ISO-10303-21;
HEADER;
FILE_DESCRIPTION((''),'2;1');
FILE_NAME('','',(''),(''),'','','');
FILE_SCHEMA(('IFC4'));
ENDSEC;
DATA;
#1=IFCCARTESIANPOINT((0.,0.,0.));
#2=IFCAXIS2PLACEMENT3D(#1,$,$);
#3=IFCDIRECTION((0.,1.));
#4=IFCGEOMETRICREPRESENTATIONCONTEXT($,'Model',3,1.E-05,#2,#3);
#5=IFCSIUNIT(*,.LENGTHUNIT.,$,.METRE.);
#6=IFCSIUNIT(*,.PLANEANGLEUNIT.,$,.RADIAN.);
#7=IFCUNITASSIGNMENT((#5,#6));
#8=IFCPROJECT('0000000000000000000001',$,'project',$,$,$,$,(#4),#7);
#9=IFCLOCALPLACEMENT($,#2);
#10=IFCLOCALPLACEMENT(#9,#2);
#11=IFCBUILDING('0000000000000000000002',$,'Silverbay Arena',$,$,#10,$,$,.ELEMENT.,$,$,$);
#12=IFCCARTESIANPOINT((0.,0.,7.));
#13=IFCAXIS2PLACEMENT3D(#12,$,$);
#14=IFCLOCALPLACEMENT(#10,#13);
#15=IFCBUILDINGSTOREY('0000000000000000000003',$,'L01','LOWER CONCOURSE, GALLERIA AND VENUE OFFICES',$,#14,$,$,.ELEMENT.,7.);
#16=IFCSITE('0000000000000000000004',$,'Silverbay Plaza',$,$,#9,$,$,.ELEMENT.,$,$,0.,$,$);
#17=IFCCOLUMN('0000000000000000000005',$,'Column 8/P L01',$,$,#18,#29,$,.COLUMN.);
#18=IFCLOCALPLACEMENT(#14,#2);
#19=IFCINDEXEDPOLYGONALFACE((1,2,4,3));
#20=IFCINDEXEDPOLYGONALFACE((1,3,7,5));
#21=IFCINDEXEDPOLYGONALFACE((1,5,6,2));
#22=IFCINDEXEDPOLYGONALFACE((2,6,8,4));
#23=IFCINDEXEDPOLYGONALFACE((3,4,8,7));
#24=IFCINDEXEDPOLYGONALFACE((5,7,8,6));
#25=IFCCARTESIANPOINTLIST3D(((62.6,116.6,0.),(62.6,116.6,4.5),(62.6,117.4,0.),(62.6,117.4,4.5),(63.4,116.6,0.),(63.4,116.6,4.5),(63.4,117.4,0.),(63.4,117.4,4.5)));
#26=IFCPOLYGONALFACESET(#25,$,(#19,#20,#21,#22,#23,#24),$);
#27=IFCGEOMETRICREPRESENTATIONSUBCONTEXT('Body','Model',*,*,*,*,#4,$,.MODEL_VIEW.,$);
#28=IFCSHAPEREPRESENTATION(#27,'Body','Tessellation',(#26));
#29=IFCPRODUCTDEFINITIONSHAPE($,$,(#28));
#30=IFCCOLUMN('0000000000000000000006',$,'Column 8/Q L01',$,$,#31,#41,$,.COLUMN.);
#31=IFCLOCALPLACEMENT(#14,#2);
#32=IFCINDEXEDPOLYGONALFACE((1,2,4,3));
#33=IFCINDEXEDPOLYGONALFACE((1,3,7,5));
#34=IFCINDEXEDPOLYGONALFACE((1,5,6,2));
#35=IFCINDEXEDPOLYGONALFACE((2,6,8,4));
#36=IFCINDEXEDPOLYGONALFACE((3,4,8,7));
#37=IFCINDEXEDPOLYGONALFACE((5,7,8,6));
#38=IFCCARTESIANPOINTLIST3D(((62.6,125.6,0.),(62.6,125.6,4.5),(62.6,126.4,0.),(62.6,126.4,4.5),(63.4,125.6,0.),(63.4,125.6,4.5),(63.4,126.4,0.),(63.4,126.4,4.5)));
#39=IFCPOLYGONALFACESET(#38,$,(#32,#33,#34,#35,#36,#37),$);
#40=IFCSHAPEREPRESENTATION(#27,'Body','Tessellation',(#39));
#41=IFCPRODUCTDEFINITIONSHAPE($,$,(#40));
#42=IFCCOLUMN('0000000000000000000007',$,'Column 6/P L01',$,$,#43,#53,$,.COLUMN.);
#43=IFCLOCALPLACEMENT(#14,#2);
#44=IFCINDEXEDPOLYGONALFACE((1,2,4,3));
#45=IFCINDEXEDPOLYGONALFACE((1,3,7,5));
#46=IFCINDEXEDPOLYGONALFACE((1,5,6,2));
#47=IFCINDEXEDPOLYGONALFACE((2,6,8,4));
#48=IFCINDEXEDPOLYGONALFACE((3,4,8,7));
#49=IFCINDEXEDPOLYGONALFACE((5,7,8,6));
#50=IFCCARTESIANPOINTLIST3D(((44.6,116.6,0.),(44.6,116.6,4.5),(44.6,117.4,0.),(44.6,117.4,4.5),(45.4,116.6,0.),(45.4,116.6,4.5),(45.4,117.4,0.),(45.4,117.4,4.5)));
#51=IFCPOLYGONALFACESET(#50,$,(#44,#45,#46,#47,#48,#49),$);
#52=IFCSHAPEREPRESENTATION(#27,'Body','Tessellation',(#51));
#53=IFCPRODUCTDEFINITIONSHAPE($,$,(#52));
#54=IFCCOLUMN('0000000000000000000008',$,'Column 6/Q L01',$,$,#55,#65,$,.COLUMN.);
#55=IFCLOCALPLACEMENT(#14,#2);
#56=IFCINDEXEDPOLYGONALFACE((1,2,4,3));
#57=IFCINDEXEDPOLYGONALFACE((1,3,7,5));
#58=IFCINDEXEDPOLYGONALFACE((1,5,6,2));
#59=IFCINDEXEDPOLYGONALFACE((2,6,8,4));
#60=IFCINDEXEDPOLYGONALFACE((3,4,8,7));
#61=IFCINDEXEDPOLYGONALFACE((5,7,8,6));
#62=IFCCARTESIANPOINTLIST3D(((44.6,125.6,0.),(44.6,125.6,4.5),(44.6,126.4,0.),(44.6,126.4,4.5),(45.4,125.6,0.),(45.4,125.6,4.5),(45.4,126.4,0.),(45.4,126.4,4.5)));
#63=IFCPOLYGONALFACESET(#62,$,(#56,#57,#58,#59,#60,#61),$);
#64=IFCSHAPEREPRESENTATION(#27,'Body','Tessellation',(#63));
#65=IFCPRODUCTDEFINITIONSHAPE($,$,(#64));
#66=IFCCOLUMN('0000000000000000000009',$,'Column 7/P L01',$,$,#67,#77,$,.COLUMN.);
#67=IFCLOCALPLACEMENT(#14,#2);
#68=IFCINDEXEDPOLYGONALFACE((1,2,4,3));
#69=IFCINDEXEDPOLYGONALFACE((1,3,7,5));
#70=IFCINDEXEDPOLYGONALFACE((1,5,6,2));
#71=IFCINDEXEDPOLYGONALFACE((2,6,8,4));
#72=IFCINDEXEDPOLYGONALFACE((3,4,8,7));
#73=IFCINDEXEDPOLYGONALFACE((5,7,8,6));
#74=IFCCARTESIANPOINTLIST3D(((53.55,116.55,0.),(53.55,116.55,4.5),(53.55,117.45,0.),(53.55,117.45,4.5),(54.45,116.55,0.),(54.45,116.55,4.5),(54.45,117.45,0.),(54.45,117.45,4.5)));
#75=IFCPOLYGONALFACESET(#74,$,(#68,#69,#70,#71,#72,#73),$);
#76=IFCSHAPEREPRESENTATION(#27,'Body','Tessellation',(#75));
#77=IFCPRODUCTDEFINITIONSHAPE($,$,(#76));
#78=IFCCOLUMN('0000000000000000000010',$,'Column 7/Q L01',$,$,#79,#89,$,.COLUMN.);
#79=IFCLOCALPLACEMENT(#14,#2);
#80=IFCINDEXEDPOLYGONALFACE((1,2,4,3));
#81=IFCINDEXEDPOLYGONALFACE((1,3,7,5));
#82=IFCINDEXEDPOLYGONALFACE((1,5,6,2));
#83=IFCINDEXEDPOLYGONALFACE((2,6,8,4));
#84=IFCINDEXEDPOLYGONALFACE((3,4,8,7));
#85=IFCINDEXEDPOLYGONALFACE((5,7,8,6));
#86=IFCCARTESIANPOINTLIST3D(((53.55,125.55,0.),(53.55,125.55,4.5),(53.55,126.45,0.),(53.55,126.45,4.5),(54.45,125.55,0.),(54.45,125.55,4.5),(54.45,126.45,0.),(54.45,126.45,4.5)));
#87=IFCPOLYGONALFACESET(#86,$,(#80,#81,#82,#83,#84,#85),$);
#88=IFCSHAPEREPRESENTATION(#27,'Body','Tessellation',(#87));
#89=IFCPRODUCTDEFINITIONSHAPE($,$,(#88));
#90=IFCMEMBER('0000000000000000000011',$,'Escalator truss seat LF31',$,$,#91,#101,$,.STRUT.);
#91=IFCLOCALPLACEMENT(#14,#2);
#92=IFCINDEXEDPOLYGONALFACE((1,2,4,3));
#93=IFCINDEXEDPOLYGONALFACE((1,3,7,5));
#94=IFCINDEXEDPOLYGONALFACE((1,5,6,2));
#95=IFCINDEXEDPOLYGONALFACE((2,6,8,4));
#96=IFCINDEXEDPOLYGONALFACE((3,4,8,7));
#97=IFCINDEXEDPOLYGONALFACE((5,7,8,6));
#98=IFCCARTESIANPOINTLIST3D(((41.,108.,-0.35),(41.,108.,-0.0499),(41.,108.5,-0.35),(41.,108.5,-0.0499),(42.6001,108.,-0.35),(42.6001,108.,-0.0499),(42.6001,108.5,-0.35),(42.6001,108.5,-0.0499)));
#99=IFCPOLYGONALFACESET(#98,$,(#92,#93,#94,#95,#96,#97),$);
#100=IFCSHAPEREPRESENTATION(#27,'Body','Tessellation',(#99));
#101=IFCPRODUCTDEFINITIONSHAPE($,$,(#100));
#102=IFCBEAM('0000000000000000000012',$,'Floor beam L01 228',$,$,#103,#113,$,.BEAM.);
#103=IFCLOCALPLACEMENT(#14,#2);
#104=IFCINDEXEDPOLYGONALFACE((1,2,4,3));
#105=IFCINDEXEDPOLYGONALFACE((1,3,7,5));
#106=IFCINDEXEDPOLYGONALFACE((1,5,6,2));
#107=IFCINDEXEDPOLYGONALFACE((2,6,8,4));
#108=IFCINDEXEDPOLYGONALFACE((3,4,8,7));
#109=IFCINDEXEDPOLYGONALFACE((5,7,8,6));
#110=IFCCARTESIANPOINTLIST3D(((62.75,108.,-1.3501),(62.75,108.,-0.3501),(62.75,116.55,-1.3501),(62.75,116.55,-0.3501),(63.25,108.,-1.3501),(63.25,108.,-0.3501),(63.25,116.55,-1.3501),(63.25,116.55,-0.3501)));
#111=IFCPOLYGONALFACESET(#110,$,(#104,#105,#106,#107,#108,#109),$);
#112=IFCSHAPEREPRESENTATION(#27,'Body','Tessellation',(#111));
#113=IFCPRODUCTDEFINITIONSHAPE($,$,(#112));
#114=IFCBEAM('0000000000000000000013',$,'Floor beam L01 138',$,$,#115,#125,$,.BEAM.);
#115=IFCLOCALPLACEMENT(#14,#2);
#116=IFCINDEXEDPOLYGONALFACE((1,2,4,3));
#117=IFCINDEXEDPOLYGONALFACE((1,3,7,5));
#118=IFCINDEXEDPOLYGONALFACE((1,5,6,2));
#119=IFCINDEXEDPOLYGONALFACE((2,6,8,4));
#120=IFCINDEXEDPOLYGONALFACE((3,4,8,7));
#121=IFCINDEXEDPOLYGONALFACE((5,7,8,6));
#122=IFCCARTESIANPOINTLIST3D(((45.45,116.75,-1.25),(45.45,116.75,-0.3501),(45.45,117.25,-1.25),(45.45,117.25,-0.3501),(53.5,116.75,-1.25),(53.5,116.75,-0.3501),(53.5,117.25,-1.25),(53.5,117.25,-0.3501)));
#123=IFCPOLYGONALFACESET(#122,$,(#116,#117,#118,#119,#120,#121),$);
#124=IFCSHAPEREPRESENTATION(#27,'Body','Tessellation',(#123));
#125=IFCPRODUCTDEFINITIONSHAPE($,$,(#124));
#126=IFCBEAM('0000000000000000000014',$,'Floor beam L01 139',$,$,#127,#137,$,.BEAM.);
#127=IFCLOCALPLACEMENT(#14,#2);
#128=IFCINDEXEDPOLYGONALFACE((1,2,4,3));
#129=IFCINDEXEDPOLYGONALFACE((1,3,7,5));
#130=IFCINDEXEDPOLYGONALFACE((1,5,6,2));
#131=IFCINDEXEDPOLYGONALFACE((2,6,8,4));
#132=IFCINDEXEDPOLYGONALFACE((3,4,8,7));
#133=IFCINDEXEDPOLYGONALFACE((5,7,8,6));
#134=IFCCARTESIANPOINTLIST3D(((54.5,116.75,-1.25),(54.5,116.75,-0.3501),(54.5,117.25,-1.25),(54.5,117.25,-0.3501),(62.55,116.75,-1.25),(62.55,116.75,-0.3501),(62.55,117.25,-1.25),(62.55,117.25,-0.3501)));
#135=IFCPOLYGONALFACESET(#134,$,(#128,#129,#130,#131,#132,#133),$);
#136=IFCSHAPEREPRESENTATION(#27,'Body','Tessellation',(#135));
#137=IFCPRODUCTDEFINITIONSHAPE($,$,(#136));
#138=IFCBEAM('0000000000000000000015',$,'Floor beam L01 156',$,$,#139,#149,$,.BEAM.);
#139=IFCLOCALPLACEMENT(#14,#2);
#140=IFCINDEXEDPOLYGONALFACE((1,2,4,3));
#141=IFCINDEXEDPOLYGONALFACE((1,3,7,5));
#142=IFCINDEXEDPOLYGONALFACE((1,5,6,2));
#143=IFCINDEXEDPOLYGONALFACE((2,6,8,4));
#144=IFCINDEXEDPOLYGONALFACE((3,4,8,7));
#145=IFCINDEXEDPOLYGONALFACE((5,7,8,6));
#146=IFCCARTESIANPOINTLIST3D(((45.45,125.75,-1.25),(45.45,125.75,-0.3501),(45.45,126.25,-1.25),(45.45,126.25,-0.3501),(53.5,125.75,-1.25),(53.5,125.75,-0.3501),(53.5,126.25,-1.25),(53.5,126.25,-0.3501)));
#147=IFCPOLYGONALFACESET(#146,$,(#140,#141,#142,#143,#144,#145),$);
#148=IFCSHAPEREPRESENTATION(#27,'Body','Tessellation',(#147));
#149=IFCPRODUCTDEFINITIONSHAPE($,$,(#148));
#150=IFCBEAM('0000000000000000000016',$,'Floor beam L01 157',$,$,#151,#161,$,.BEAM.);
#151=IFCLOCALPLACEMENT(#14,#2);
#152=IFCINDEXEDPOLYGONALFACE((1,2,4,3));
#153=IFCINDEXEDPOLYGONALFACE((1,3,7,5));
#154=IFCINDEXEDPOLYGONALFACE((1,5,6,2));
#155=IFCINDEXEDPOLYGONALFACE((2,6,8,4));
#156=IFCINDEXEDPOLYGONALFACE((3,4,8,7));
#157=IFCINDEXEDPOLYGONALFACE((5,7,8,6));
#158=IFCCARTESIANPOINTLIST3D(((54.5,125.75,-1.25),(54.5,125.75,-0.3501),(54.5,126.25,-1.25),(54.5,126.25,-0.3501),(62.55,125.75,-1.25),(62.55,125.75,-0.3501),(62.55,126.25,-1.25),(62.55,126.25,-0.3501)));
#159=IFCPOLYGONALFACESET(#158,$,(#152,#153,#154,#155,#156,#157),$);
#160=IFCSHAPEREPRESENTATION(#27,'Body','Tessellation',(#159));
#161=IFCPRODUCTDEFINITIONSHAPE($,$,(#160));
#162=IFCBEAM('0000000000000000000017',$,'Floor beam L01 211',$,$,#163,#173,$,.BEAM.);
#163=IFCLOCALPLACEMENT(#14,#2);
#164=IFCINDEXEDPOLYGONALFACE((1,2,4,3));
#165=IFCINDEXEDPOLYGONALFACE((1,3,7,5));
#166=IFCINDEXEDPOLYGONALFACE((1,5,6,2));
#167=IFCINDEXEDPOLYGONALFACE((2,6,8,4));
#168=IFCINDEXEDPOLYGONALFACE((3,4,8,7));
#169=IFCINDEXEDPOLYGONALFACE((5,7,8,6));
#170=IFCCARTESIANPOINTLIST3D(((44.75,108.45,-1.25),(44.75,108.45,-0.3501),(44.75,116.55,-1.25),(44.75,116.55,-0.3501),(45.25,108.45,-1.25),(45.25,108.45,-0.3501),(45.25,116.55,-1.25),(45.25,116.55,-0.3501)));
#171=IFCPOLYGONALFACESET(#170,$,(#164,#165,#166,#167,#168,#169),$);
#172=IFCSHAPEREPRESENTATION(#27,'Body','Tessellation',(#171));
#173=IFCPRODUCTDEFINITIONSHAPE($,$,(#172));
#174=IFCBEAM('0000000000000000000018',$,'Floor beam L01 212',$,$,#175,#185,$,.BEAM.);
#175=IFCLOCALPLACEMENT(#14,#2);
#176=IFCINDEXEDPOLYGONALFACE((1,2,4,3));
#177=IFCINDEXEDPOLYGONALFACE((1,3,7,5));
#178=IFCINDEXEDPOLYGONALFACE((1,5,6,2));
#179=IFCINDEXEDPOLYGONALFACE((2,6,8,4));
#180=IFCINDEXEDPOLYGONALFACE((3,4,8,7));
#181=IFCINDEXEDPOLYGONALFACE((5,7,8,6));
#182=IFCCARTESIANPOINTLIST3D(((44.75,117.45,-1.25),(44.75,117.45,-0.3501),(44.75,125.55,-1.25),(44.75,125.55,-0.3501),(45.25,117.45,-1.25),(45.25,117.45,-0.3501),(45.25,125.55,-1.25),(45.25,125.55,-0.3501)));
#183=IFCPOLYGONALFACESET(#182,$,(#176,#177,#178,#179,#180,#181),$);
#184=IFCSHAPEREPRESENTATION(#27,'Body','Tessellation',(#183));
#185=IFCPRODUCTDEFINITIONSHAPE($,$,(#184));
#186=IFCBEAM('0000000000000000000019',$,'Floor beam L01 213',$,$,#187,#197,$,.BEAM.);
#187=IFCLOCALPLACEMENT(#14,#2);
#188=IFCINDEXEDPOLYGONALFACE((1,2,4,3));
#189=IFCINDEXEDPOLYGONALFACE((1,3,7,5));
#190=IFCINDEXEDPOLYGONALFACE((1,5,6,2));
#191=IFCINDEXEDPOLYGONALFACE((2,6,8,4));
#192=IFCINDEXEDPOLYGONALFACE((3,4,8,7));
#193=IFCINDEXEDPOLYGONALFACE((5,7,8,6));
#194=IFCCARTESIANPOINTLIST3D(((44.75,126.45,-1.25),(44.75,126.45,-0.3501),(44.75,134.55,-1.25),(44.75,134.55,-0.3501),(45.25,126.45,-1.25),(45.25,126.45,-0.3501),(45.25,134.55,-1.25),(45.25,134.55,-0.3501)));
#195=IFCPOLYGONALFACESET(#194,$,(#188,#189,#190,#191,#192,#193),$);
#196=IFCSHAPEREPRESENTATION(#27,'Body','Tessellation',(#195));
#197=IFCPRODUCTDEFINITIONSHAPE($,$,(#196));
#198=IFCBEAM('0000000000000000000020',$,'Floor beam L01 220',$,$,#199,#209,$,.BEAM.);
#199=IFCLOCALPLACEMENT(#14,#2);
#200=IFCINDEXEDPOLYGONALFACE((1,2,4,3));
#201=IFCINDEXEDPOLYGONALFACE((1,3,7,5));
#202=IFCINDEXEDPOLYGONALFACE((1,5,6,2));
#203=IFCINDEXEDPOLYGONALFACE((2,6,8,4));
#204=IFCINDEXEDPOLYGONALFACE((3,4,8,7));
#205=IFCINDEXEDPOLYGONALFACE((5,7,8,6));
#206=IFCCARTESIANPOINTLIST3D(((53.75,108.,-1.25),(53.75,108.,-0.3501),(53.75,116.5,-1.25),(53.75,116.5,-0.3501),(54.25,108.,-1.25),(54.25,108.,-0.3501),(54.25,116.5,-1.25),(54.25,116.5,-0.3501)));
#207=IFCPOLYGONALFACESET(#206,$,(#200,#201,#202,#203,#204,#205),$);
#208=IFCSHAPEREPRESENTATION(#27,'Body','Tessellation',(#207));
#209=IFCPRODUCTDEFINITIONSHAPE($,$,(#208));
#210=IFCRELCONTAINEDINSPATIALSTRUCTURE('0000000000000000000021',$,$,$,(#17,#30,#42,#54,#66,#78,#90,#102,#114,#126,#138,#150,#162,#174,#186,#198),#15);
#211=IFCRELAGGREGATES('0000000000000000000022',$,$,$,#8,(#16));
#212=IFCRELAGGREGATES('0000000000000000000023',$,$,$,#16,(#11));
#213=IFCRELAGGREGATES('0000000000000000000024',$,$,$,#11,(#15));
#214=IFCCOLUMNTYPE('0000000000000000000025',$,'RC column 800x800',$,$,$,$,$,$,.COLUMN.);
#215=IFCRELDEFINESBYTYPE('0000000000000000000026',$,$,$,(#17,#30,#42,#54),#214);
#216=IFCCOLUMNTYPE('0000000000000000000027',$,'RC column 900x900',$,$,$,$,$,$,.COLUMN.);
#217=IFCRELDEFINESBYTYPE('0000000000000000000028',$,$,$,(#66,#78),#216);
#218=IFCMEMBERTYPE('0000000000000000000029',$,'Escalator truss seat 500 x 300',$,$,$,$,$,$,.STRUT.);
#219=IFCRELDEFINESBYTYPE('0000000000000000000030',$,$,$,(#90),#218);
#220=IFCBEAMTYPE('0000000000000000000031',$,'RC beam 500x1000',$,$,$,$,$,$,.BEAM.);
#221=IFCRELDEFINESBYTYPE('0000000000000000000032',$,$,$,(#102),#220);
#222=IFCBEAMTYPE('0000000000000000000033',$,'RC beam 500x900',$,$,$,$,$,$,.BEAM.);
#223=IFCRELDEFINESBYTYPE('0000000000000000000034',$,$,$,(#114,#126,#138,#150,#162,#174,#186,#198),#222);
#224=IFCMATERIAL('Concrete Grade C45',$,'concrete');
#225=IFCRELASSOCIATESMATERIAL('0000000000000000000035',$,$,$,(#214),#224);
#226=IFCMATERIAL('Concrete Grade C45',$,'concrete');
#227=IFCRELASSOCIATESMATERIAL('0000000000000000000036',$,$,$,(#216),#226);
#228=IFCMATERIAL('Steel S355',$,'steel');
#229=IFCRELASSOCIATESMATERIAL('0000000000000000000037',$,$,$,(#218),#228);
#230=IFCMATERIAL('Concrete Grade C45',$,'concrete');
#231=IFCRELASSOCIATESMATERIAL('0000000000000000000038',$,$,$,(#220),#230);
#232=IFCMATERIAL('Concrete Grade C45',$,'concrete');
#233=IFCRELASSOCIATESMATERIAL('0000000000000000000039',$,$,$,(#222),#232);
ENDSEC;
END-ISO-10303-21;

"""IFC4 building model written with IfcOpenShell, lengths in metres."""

from ifc_helpers import new_model, si_unit, direction, frame, origin, origin_2d, place, context, subcontext, project, spatial, rectangle, extrude, material, material_profile, profile_set, type_object, element, save


model = new_model("IFC4")

# Units and contexts
model_context = context("Model", 3, precision=1e-05, world=origin(), true_north=direction((0.0, 1.0)))
body_context = subcontext(model_context, "Body", "Model", "MODEL_VIEW")
ifc_project = project(units=[si_unit("LENGTHUNIT", "METRE"), si_unit("PLANEANGLEUNIT", "RADIAN")], contexts=[model_context])

# Site, building, storey
site_placement = place(None, origin())
site = spatial("IfcSite", under=ifc_project, at=site_placement, Name="Silverbay Plaza", CompositionType="ELEMENT", RefElevation=0.0)
building_placement = place(site_placement, origin())
building = spatial("IfcBuilding", under=site, at=building_placement, Name="Silverbay Arena", CompositionType="ELEMENT")
storey_placement = place(building_placement, frame((0.0, 0.0, 7.0)))
storey = spatial("IfcBuildingStorey", under=building, at=storey_placement, Name="L01", Description="LOWER CONCOURSE, GALLERIA AND VENUE OFFICES", CompositionType="ELEMENT", Elevation=7.0)

# Columns
ifc_material_1 = material(Name="Concrete Grade C45", Category="concrete")
ifc_material_profile_1 = material_profile(ifc_material_1, rectangle(XDim=0.8, YDim=0.8, at=origin_2d()), Name="RC 800x800")
ifc_profile_set_1 = profile_set([ifc_material_profile_1], Name="Concrete Grade C45")
column_type_1 = type_object("IfcColumnType", Name="RC column 800x800", PredefinedType="COLUMN", material=ifc_profile_set_1)
for number, where, z_axis, x_axis, name in (
    (1, (63.0, 117.0, 0.0), (0.0, 0.0, 1.0), (1.0, 0.0, 0.0), "Column 8/P L01"),
    (2, (63.0, 126.0, 0.0), (0.0, 0.0, 1.0), (1.0, 0.0, 0.0), "Column 8/Q L01"),
    (3, (45.0, 117.0, 0.0), (0.0, 0.0, 1.0), (1.0, 0.0, 0.0), "Column 6/P L01"),
    (4, (45.0, 126.0, 0.0), (0.0, 0.0, 1.0), (1.0, 0.0, 0.0), "Column 6/Q L01"),
):
    element("IfcColumn", number, at=place(storey_placement, frame(where, z_axis=z_axis, x_axis=x_axis)), inside=storey, type_object=column_type_1, Name=name, PredefinedType="COLUMN", context=body_context, shape_type="SweptSolid", body=[
        extrude(rectangle(XDim=0.8, YDim=0.8, at=origin_2d()), origin(), (0.0, 0.0, 1.0), 4.5),
    ])
ifc_material_2 = material(Name="Concrete Grade C45", Category="concrete")
ifc_material_profile_2 = material_profile(ifc_material_2, rectangle(XDim=0.8999, YDim=0.8999, at=origin_2d()), Name="RC 900x900")
ifc_profile_set_2 = profile_set([ifc_material_profile_2], Name="Concrete Grade C45")
column_type_2 = type_object("IfcColumnType", Name="RC column 900x900", PredefinedType="COLUMN", material=ifc_profile_set_2)
for number, where, z_axis, x_axis, name in (
    (5, (54.0, 117.0, 0.0), (0.0, 0.0, 1.0), (1.0, 0.0, 0.0), "Column 7/P L01"),
    (6, (54.0, 126.0, 0.0), (0.0, 0.0, 1.0), (1.0, 0.0, 0.0), "Column 7/Q L01"),
):
    element("IfcColumn", number, at=place(storey_placement, frame(where, z_axis=z_axis, x_axis=x_axis)), inside=storey, type_object=column_type_2, Name=name, PredefinedType="COLUMN", context=body_context, shape_type="SweptSolid", body=[
        extrude(rectangle(XDim=0.8999, YDim=0.8999, at=origin_2d()), origin(), (0.0, 0.0, 1.0), 4.5),
    ])

# Member
ifc_material_3 = material(Name="Steel S355", Category="steel")
ifc_material_profile_3 = material_profile(ifc_material_3, rectangle(XDim=0.5, YDim=0.3, at=origin_2d()), Name="BOX 500x300")
ifc_profile_set_3 = profile_set([ifc_material_profile_3], Name="Steel S355")
member_type = type_object("IfcMemberType", Name="Escalator truss seat 500 x 300", PredefinedType="STRUT", material=ifc_profile_set_3)
member_placement = place(storey_placement, frame((41.0, 108.25, -0.2), z_axis=(1.0, 0.0, 0.0), x_axis=(0.0, 1.0, 0.0)))
element("IfcMember", 7, at=member_placement, inside=storey, type_object=member_type, Name="Escalator truss seat LF31", PredefinedType="STRUT", context=body_context, shape_type="SweptSolid", body=[
    extrude(rectangle(XDim=0.5, YDim=0.3, at=origin_2d()), origin(), (0.0, 0.0, 1.0), 1.6001),
])

# Beams
ifc_material_4 = material(Name="Concrete Grade C45", Category="concrete")
ifc_material_profile_4 = material_profile(ifc_material_4, rectangle(XDim=0.5, YDim=1.0, at=origin_2d()), Name="RC 500x1000")
ifc_profile_set_4 = profile_set([ifc_material_profile_4], Name="Concrete Grade C45")
beam_type_1 = type_object("IfcBeamType", Name="RC beam 500x1000", PredefinedType="BEAM", material=ifc_profile_set_4)
beam_1_placement = place(storey_placement, frame((63.0, 108.0, -0.8501), z_axis=(0.0, 1.0, 0.0), x_axis=(-1.0, 0.0, 0.0)))
element("IfcBeam", 8, at=beam_1_placement, inside=storey, type_object=beam_type_1, Name="Floor beam L01 228", PredefinedType="BEAM", context=body_context, shape_type="SweptSolid", body=[
    extrude(rectangle(XDim=0.5, YDim=1.0, at=origin_2d()), origin(), (0.0, 0.0, 1.0), 8.55),
])
ifc_material_5 = material(Name="Concrete Grade C45", Category="concrete")
ifc_material_profile_5 = material_profile(ifc_material_5, rectangle(XDim=0.5, YDim=0.8999, at=origin_2d()), Name="RC 500x900")
ifc_profile_set_5 = profile_set([ifc_material_profile_5], Name="Concrete Grade C45")
beam_type_2 = type_object("IfcBeamType", Name="RC beam 500x900", PredefinedType="BEAM", material=ifc_profile_set_5)
for number, where, z_axis, x_axis, name in (
    (9, (45.45, 117.0, -0.8), (1.0, 0.0, 0.0), (0.0, 1.0, 0.0), "Floor beam L01 138"),
    (10, (54.5, 117.0, -0.8), (1.0, 0.0, 0.0), (0.0, 1.0, 0.0), "Floor beam L01 139"),
    (11, (45.45, 126.0, -0.8), (1.0, 0.0, 0.0), (0.0, 1.0, 0.0), "Floor beam L01 156"),
    (12, (54.5, 126.0, -0.8), (1.0, 0.0, 0.0), (0.0, 1.0, 0.0), "Floor beam L01 157"),
):
    element("IfcBeam", number, at=place(storey_placement, frame(where, z_axis=z_axis, x_axis=x_axis)), inside=storey, type_object=beam_type_2, Name=name, PredefinedType="BEAM", context=body_context, shape_type="SweptSolid", body=[
        extrude(rectangle(XDim=0.5, YDim=0.8999, at=origin_2d()), origin(), (0.0, 0.0, 1.0), 8.05),
    ])
for number, where, z_axis, x_axis, name in (
    (13, (45.0, 108.45, -0.8), (0.0, 1.0, 0.0), (-1.0, 0.0, 0.0), "Floor beam L01 211"),
    (14, (45.0, 117.45, -0.8), (0.0, 1.0, 0.0), (-1.0, 0.0, 0.0), "Floor beam L01 212"),
    (15, (45.0, 126.45, -0.8), (0.0, 1.0, 0.0), (-1.0, 0.0, 0.0), "Floor beam L01 213"),
):
    element("IfcBeam", number, at=place(storey_placement, frame(where, z_axis=z_axis, x_axis=x_axis)), inside=storey, type_object=beam_type_2, Name=name, PredefinedType="BEAM", context=body_context, shape_type="SweptSolid", body=[
        extrude(rectangle(XDim=0.5, YDim=0.8999, at=origin_2d()), origin(), (0.0, 0.0, 1.0), 8.1001),
    ])
beam_2_placement = place(storey_placement, frame((54.0, 108.0, -0.8), z_axis=(0.0, 1.0, 0.0), x_axis=(-1.0, 0.0, 0.0)))
element("IfcBeam", 16, at=beam_2_placement, inside=storey, type_object=beam_type_2, Name="Floor beam L01 220", PredefinedType="BEAM", context=body_context, shape_type="SweptSolid", body=[
    extrude(rectangle(XDim=0.5, YDim=0.8999, at=origin_2d()), origin(), (0.0, 0.0, 1.0), 8.5),
])

save(model, "model.ifc")
